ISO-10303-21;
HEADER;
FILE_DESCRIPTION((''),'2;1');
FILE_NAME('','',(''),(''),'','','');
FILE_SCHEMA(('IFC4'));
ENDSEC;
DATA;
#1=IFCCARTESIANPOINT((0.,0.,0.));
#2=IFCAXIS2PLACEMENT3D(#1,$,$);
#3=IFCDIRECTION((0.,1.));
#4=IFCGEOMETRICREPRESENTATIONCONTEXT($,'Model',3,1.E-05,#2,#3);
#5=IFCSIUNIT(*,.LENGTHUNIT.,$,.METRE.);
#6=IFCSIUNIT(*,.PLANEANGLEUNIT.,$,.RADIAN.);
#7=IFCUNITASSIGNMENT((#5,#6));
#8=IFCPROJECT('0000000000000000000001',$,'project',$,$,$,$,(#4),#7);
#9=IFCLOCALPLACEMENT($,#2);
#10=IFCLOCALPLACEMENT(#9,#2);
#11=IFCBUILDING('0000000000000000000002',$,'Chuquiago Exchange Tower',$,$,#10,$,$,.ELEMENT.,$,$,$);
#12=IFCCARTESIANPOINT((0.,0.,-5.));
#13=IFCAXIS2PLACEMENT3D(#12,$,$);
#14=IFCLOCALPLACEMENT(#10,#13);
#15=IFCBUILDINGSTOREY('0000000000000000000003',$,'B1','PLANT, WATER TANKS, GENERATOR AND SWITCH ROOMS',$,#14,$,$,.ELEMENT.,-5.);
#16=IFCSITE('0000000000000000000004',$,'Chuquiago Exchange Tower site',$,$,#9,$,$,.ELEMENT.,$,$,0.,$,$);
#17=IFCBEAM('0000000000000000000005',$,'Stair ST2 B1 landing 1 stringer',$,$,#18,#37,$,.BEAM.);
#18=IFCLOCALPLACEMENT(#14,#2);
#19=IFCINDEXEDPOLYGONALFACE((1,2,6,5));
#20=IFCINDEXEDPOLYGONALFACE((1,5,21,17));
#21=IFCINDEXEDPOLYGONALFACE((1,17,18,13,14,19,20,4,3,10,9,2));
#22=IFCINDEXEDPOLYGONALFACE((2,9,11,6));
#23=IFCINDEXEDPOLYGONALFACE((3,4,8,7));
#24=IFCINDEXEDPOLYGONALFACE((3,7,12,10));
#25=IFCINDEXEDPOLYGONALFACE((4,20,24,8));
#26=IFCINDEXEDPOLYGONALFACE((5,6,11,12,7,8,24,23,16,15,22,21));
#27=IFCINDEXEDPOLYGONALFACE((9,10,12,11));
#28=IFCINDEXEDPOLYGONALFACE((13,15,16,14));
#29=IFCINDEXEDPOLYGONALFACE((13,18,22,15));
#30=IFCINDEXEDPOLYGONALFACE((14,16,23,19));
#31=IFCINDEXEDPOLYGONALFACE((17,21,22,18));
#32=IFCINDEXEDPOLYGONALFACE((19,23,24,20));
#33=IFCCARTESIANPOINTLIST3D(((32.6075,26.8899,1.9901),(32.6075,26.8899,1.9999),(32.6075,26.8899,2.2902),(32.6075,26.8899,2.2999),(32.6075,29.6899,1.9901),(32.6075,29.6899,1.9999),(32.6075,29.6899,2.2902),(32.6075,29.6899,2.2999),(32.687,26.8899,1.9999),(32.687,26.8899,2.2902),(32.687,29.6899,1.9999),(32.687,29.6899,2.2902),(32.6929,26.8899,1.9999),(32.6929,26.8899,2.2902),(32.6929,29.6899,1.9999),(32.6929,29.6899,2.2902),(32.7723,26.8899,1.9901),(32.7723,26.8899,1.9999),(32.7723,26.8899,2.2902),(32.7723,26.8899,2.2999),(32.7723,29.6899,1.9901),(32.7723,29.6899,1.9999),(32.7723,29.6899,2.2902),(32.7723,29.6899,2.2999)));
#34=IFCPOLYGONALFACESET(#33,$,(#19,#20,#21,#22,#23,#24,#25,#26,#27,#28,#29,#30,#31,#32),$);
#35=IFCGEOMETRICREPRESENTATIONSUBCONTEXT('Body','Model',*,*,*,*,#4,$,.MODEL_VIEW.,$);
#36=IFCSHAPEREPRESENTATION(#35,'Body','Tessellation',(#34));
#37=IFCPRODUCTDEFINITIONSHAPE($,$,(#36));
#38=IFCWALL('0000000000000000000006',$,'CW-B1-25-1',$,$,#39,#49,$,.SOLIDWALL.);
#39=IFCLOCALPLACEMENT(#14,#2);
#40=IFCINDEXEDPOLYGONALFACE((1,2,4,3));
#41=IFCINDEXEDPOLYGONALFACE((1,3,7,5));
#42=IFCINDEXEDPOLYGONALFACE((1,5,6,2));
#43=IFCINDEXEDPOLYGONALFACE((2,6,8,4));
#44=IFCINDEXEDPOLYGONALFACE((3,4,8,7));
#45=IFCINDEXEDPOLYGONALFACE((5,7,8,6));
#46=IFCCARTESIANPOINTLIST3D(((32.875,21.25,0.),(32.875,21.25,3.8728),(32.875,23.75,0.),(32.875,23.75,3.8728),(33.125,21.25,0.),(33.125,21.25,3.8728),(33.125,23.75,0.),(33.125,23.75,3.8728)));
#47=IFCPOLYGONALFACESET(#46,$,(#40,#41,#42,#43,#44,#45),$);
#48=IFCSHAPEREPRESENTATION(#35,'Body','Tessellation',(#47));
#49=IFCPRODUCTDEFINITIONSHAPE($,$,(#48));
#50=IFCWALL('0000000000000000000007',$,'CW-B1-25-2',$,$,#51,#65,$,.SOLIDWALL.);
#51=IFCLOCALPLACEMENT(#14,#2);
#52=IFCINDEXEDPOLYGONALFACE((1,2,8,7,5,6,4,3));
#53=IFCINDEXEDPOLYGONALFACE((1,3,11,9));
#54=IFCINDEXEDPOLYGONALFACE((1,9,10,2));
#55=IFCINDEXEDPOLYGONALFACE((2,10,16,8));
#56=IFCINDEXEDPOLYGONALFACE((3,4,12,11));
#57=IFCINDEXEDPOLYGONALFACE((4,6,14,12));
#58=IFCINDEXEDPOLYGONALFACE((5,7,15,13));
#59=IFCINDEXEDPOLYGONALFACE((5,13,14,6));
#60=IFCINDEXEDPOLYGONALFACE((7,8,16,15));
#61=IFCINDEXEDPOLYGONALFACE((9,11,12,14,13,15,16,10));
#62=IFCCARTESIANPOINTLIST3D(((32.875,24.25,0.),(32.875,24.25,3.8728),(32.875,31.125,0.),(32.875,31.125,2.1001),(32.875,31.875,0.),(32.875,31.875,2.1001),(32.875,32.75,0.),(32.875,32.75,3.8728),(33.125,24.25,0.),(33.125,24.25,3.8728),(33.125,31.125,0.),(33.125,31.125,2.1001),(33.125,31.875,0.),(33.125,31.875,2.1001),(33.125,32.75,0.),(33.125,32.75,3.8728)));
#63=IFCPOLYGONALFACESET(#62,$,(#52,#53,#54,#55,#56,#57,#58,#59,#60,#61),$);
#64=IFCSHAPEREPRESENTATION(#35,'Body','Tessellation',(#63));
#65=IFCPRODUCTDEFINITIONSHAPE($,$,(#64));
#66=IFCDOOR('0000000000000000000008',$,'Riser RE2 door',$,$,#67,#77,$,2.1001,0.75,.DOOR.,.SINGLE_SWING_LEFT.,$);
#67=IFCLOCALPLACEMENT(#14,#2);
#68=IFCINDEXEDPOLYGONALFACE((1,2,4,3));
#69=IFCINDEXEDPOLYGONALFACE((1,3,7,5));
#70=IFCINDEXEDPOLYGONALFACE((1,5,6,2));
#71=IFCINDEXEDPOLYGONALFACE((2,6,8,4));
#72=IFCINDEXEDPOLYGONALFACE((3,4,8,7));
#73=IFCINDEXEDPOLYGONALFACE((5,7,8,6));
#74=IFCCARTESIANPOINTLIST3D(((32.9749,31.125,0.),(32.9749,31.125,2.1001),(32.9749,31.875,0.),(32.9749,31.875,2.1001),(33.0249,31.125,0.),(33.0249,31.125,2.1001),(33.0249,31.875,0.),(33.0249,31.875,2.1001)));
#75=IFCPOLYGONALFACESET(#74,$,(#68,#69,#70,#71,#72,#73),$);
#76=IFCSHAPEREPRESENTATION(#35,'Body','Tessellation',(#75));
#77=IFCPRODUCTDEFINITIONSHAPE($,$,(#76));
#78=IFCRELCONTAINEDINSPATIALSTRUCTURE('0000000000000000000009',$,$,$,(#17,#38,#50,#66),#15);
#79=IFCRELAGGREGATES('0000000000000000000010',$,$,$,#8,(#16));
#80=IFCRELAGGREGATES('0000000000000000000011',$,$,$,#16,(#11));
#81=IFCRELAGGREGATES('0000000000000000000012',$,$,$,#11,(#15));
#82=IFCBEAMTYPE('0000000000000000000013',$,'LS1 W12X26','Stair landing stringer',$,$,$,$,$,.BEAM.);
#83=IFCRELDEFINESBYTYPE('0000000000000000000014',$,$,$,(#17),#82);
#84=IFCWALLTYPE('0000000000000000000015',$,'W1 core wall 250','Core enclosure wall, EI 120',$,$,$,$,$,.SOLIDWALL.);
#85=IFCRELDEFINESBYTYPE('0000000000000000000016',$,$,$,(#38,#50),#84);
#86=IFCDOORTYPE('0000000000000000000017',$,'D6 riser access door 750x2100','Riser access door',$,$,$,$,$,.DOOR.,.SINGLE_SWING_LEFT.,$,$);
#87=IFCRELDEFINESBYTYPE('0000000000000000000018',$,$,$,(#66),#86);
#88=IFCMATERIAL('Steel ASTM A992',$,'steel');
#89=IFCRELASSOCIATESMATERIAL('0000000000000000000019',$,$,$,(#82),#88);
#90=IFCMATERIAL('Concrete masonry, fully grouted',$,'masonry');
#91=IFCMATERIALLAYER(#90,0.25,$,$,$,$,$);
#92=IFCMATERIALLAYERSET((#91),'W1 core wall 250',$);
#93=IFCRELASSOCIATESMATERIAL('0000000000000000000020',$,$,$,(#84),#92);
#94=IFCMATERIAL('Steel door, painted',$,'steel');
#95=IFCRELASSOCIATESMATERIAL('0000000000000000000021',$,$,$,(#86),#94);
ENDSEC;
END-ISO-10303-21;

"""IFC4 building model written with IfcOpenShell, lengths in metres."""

from ifc_helpers import new_model, si_unit, direction, frame, frame_2d, origin, origin_2d, place, context, subcontext, project, spatial, rectangle, i_section, extrude, material, layer, layer_set, material_profile, profile_set, type_object, element, fill, save


model = new_model("IFC4")

# Units and contexts
model_context = context("Model", 3, precision=1e-05, world=origin(), true_north=direction((0.0, 1.0)))
body_context = subcontext(model_context, "Body", "Model", "MODEL_VIEW")
ifc_project = project(units=[si_unit("LENGTHUNIT", "METRE"), si_unit("PLANEANGLEUNIT", "RADIAN")], contexts=[model_context])

# Site, building, storey
site_placement = place(None, origin())
site = spatial("IfcSite", under=ifc_project, at=site_placement, Name="Chuquiago Exchange Tower site", CompositionType="ELEMENT", RefElevation=0.0)
building_placement = place(site_placement, origin())
building = spatial("IfcBuilding", under=site, at=building_placement, Name="Chuquiago Exchange Tower", CompositionType="ELEMENT")
storey_placement = place(building_placement, frame((0.0, 0.0, -5.0)))
storey = spatial("IfcBuildingStorey", under=building, at=storey_placement, Name="B1", Description="PLANT, WATER TANKS, GENERATOR AND SWITCH ROOMS", CompositionType="ELEMENT", Elevation=-5.0)

# Beam
ifc_material_1 = material(Name="Steel ASTM A992", Category="steel")
ifc_material_profile_1 = material_profile(ifc_material_1, i_section(OverallWidth=0.1648, OverallDepth=0.3098, WebThickness=0.0059, FlangeThickness=0.0098, at=origin_2d()), Name="W12X26")
ifc_profile_set_1 = profile_set([ifc_material_profile_1], Name="Steel ASTM A992")
beam_type_1 = type_object("IfcBeamType", Name="LS1 W12X26", Description="Stair landing stringer", PredefinedType="BEAM", material=ifc_profile_set_1)
for number, where, z_axis, x_axis, name in (
    (1, (32.6899, 26.8899, 2.145), (0.0, 1.0, 0.0), (-1.0, 0.0, 0.0), "Stair ST2 B1 landing 1 stringer"),
):
    element("IfcBeam", number, at=place(storey_placement, frame(where, z_axis=z_axis, x_axis=x_axis)), inside=storey, type_object=beam_type_1, Name=name, PredefinedType="BEAM", context=body_context, shape_type="SweptSolid", body=[
        extrude(i_section(OverallWidth=0.1648, OverallDepth=0.3098, WebThickness=0.0059, FlangeThickness=0.0098, at=origin_2d()), origin(), (0.0, 0.0, 1.0), 2.8),
    ])

# Wall
ifc_material_2 = material(Name="Concrete masonry, fully grouted", Category="masonry")
ifc_layer = layer(ifc_material_2, 0.25)
ifc_layer_set = layer_set([ifc_layer], Name="W1 core wall 250")
wall_type = type_object("IfcWallType", Name="W1 core wall 250", Description="Core enclosure wall, EI 120", PredefinedType="SOLIDWALL", material=ifc_layer_set)
wall_1_placement = place(storey_placement, frame((33.0, 21.25, 0.0), z_axis=(0.0, 0.0, 1.0), x_axis=(0.0, 1.0, 0.0)))
element("IfcWall", 2, at=wall_1_placement, inside=storey, type_object=wall_type, Name="CW-B1-25-1", PredefinedType="SOLIDWALL", context=body_context, shape_type="SweptSolid", body=[
    extrude(rectangle(XDim=2.5, YDim=0.25, at=frame_2d((1.25, 0.0))), origin(), (0.0, 0.0, 1.0), 3.8728),
])

# Wall, opening, door
wall_2_placement = place(storey_placement, frame((33.0, 24.25, 0.0), z_axis=(0.0, 0.0, 1.0), x_axis=(0.0, 1.0, 0.0)))
wall_2 = element("IfcWall", 3, at=wall_2_placement, inside=storey, type_object=wall_type, Name="CW-B1-25-2", PredefinedType="SOLIDWALL", context=body_context, shape_type="SweptSolid", body=[
    extrude(rectangle(XDim=8.5, YDim=0.25, at=frame_2d((4.25, 0.0))), origin(), (0.0, 0.0, 1.0), 3.8728),
])
opening_placement = place(wall_2_placement, frame((6.875, 0.0, 0.0)))
opening = element("IfcOpeningElement", 4, at=opening_placement, cuts=wall_2, PredefinedType="OPENING", context=body_context, shape_type="SweptSolid", body=[
    extrude(rectangle(XDim=0.75, YDim=2.1001, at=frame_2d((0.375, 1.05))), frame((0.0, 0.135, 0.0), z_axis=(0.0, -1.0, 0.0), x_axis=(1.0, 0.0, 0.0)), (0.0, 0.0, 1.0), 0.27),
])
ifc_material_3 = material(Name="Steel door, painted", Category="steel")
door_type = type_object("IfcDoorType", Name="D6 riser access door 750x2100", Description="Riser access door", OperationType="SINGLE_SWING_LEFT", PredefinedType="DOOR", material=ifc_material_3)
door_placement = place(opening_placement, frame((0.75, 0.0, 0.0), z_axis=(0.0, 0.0, 1.0), x_axis=(-1.0, 0.0, 0.0)))
door = element("IfcDoor", 5, at=door_placement, inside=storey, type_object=door_type, Name="Riser RE2 door", OperationType="SINGLE_SWING_LEFT", OverallHeight=2.1001, OverallWidth=0.75, PredefinedType="DOOR", context=body_context, shape_type="SweptSolid", body=[
    extrude(rectangle(XDim=0.75, YDim=2.1001, at=frame_2d((0.375, 1.05))), frame((0.0, 0.0249, 0.0), z_axis=(0.0, -1.0, 0.0), x_axis=(1.0, 0.0, 0.0)), (0.0, 0.0, 1.0), 0.05),
])
fill(opening, door)

save(model, "model.ifc")
